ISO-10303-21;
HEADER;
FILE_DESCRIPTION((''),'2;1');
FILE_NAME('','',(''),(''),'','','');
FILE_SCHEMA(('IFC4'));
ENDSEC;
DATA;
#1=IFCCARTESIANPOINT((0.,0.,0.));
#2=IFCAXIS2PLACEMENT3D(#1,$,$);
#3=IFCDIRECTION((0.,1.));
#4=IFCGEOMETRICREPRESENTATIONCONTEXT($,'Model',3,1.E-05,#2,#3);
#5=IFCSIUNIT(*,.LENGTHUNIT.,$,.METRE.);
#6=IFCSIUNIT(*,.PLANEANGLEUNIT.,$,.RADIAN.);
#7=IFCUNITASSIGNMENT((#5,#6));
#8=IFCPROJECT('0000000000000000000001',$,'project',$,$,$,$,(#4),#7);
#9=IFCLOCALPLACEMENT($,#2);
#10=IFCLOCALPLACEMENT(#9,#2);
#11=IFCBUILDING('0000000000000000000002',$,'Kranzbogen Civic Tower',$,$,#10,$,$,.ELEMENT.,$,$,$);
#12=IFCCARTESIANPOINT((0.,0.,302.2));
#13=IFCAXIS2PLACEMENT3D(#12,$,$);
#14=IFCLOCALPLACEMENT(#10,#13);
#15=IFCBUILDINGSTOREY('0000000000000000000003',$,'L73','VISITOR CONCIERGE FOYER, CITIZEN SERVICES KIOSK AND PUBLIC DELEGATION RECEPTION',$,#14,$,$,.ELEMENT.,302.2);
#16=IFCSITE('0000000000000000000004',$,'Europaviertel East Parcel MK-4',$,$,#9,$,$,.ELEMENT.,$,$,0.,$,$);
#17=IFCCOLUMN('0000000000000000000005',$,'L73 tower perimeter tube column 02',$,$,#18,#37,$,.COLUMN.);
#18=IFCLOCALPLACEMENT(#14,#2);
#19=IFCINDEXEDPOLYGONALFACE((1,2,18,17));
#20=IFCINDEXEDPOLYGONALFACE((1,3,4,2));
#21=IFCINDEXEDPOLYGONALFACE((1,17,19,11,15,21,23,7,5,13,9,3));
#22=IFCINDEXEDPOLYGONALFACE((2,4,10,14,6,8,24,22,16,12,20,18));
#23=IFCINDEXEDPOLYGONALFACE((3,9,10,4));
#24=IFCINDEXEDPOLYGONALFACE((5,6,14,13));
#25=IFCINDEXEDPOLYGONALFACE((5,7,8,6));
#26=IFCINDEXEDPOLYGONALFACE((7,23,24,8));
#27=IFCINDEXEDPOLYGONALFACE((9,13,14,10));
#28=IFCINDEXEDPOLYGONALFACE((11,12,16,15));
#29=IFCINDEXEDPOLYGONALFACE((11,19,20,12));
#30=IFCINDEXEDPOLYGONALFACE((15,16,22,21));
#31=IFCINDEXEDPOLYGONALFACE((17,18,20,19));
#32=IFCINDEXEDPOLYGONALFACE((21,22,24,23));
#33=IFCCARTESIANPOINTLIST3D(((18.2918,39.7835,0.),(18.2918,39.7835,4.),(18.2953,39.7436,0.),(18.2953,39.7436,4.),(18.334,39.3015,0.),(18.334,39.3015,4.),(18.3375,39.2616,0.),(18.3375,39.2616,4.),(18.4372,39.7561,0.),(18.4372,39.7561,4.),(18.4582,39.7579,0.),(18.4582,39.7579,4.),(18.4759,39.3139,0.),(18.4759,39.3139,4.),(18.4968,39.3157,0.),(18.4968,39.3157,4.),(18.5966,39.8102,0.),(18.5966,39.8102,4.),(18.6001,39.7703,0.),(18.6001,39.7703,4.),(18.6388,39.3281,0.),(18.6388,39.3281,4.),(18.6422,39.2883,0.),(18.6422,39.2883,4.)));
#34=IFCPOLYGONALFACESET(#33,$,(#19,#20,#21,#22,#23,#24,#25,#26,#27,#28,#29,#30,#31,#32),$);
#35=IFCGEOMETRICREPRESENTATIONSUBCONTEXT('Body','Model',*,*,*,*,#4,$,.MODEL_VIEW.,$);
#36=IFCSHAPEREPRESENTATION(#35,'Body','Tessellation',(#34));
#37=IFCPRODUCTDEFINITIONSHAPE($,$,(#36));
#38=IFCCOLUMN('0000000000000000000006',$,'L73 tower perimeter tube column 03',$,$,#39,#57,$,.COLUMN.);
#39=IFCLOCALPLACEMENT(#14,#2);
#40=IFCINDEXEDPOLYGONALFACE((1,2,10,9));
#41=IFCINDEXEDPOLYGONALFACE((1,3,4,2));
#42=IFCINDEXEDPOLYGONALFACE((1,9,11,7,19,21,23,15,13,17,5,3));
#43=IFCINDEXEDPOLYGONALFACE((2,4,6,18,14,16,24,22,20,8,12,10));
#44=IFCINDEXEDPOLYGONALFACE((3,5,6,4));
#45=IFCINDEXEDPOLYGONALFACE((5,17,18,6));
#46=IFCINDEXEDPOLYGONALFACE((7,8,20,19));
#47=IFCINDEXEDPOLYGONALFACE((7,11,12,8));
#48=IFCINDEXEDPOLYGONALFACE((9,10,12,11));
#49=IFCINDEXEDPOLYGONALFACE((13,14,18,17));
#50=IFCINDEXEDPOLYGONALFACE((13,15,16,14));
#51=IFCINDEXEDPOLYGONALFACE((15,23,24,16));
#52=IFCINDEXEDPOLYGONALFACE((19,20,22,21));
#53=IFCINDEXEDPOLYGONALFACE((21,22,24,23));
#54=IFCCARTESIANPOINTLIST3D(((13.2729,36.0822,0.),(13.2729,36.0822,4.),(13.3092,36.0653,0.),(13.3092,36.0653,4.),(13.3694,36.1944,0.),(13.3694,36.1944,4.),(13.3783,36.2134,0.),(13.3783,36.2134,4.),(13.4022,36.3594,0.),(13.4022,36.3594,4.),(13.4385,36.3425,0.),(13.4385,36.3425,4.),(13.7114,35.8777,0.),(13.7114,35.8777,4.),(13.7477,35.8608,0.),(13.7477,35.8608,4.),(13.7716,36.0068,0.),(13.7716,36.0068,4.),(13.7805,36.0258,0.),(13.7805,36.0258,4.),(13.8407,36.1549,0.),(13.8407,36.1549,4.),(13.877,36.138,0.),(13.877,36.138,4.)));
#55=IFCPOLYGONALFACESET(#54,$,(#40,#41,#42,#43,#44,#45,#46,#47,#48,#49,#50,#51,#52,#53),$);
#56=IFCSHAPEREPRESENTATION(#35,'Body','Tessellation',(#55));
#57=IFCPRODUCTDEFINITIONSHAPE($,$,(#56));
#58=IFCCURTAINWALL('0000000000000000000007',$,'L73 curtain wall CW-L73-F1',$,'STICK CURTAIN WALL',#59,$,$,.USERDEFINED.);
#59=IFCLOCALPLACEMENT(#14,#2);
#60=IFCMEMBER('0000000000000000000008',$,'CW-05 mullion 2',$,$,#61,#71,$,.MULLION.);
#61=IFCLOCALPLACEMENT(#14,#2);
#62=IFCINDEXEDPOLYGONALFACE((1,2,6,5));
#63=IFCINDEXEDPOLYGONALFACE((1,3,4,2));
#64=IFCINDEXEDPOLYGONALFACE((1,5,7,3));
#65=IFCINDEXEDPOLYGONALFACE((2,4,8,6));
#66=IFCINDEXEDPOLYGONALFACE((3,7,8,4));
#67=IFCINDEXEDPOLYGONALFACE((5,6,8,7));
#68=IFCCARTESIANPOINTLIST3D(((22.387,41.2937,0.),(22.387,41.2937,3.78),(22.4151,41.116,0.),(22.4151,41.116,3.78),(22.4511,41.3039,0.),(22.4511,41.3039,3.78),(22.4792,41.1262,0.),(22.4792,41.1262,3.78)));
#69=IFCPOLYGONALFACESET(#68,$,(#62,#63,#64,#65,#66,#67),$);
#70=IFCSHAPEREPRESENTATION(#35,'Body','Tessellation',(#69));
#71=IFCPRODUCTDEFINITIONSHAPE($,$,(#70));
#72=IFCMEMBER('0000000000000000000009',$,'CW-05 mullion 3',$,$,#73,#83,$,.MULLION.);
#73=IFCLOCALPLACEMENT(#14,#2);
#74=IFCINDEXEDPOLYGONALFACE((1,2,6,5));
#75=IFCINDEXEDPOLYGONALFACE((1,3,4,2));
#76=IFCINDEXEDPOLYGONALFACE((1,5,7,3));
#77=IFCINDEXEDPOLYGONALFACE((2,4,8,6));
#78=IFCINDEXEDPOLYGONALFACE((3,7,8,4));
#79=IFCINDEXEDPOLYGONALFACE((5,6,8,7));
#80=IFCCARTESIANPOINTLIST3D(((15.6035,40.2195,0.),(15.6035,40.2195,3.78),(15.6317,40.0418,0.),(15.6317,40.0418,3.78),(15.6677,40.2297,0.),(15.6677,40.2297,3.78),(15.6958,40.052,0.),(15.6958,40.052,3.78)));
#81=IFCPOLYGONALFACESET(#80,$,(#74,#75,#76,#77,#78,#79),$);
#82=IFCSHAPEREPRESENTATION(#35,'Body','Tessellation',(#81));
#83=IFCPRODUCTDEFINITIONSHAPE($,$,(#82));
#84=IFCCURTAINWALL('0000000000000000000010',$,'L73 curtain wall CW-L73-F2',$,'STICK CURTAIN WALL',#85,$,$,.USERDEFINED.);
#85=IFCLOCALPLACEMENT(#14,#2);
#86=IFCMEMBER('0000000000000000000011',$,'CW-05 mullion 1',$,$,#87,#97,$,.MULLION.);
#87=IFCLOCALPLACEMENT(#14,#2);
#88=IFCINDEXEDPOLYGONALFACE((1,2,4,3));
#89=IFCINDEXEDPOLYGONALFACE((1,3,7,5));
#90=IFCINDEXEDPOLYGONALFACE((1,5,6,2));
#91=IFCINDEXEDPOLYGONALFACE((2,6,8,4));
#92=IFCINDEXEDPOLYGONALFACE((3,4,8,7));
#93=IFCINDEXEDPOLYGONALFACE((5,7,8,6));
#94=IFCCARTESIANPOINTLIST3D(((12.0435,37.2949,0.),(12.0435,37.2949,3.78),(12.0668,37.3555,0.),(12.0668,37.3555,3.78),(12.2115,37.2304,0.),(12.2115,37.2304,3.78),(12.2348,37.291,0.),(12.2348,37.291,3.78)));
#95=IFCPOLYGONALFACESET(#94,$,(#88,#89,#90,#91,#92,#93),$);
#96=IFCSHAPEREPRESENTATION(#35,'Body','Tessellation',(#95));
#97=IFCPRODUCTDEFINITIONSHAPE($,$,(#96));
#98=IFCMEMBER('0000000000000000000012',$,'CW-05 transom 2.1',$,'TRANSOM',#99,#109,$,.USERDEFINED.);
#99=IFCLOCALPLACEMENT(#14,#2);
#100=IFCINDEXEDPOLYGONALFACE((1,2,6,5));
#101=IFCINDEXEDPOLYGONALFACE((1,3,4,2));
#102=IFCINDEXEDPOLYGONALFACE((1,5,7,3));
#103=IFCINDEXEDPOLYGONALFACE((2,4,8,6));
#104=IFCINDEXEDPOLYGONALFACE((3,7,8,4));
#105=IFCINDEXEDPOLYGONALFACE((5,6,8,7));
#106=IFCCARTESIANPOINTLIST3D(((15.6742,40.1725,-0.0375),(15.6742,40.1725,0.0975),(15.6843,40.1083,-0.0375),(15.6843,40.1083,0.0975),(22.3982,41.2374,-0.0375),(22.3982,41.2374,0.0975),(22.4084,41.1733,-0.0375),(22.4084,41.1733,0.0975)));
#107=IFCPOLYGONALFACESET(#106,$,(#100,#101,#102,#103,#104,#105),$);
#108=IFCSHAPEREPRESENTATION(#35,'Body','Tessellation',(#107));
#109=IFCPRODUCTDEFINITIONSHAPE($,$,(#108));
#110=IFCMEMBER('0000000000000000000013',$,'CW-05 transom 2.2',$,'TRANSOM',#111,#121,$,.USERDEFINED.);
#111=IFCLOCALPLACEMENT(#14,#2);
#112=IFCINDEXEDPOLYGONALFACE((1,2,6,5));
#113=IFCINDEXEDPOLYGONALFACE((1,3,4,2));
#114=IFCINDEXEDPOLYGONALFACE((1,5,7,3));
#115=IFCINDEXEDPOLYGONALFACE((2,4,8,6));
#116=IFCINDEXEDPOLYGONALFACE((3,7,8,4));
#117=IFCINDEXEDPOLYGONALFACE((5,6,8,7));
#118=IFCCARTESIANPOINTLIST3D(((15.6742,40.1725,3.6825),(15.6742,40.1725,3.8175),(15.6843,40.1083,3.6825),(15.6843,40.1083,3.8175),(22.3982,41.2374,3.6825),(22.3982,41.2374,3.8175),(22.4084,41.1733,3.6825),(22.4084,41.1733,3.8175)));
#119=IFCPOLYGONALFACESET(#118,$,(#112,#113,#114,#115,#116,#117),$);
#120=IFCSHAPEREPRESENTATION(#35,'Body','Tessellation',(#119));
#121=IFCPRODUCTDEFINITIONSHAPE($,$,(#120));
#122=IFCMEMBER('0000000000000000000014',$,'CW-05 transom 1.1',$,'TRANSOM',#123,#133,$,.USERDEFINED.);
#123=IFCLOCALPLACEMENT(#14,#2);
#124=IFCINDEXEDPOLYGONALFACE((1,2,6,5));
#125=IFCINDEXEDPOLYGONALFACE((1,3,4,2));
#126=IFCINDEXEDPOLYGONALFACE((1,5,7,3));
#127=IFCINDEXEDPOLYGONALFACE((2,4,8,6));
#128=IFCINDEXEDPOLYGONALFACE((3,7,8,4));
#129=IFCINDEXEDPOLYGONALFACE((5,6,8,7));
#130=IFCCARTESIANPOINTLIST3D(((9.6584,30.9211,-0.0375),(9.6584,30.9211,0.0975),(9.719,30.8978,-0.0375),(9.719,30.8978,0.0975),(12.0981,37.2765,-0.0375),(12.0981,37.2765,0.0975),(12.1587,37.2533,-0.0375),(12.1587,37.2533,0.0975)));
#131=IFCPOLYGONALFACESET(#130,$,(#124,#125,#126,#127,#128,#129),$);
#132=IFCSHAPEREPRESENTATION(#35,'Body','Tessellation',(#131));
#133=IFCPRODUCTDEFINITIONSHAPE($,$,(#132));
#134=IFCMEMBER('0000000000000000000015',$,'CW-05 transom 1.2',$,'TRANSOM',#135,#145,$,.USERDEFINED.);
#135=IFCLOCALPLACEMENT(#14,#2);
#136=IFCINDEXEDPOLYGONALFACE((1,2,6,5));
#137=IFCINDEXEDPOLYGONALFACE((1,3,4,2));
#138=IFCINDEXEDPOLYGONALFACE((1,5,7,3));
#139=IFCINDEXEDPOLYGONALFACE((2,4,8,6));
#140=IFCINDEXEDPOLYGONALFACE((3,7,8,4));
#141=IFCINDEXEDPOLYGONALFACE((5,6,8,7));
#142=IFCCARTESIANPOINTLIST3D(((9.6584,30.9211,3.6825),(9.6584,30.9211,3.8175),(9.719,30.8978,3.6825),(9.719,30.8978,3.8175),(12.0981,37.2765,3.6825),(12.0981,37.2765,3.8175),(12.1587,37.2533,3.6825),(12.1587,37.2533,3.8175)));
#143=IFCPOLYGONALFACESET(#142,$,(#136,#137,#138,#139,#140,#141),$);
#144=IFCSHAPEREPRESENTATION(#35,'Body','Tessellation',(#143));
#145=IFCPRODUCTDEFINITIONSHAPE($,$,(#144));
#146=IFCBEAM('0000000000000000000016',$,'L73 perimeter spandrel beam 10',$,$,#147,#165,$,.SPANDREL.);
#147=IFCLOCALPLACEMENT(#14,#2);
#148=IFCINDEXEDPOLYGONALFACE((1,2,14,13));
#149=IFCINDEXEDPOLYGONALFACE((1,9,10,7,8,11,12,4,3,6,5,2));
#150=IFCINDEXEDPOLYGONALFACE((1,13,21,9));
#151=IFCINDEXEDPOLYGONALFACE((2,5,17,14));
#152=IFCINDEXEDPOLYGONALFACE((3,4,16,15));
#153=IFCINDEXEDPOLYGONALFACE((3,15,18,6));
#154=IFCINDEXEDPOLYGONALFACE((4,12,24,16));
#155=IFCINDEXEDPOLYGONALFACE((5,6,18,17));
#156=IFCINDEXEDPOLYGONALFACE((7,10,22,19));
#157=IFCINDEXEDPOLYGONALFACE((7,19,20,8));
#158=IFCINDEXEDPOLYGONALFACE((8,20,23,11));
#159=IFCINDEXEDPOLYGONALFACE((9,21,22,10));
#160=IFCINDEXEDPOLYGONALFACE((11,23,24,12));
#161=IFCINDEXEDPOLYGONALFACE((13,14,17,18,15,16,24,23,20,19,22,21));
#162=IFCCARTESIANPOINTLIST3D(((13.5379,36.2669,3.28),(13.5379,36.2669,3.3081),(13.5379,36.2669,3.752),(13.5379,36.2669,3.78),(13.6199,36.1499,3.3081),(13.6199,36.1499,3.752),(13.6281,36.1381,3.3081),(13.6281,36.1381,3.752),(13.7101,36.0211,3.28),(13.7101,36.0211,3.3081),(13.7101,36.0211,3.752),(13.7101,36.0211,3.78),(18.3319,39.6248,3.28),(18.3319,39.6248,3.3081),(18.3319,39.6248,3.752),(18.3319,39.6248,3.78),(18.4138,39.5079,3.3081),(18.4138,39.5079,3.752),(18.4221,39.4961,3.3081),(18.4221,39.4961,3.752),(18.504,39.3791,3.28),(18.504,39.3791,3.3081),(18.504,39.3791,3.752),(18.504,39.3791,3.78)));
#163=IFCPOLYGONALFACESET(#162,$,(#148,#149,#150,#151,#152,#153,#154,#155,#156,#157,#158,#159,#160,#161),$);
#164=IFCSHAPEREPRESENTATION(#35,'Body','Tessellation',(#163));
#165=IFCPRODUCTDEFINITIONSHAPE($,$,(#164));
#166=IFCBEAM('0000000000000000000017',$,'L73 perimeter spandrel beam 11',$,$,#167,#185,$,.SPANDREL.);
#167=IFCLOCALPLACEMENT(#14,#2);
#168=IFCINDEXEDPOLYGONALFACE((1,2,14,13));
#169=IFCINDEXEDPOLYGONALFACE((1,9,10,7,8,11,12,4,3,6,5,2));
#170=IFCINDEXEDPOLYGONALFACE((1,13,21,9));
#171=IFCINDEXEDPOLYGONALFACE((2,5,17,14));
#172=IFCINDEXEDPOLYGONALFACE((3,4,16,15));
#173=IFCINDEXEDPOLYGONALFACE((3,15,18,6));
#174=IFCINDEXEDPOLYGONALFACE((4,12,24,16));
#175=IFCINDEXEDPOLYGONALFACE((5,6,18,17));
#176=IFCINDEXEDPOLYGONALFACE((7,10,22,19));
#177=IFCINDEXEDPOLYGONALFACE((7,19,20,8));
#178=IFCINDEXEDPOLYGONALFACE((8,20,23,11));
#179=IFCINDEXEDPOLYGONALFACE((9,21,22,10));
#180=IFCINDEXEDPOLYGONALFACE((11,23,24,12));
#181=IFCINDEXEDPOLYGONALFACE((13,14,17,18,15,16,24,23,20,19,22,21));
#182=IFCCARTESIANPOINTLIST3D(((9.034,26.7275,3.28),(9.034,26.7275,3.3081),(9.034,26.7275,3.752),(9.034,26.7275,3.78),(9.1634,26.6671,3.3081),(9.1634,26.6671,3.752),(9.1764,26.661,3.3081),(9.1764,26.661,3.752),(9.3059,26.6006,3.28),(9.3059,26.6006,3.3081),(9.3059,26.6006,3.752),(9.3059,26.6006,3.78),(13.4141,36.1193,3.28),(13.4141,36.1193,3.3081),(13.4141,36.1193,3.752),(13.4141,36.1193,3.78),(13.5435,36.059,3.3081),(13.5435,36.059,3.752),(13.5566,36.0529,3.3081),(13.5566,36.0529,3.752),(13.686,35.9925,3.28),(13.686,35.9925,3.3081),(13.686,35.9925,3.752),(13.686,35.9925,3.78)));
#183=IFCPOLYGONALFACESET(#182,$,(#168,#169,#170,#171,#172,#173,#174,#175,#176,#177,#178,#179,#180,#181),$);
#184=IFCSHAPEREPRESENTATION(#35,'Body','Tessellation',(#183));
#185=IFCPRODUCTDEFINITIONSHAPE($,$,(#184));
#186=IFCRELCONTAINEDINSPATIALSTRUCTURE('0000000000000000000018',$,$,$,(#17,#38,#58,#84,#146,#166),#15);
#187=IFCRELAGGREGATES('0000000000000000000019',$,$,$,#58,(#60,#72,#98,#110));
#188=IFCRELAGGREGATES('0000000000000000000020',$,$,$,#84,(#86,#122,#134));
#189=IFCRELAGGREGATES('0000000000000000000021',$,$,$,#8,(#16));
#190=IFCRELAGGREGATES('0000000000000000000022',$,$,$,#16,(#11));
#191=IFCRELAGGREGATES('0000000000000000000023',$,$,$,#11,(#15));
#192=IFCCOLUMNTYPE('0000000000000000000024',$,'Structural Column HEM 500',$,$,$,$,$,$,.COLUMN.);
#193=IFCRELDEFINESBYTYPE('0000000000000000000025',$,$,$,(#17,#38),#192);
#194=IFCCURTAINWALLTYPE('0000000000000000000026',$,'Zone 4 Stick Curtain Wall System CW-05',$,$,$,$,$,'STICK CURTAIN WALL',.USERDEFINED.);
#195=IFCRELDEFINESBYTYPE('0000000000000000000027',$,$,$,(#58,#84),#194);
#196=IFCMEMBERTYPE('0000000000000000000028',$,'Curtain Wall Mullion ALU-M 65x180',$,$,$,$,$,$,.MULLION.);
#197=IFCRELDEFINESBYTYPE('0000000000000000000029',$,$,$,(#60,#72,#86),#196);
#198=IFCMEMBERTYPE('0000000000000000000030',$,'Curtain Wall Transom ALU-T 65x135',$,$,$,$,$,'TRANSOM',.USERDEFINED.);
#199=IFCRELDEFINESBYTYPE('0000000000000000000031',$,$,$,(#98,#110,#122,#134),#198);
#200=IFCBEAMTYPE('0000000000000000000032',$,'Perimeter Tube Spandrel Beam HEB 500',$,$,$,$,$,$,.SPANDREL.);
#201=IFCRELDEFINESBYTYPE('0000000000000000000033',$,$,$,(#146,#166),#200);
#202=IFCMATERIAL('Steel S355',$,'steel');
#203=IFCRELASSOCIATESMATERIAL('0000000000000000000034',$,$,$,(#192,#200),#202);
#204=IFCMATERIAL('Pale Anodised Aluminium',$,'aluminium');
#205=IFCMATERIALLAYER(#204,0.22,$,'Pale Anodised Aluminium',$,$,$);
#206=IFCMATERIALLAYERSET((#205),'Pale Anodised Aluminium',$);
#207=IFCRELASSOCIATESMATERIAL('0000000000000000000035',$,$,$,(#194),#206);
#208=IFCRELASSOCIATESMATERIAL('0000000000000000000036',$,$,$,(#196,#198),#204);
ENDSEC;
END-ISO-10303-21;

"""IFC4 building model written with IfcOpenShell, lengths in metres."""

from ifc_helpers import new_model, si_unit, direction, frame, origin, origin_2d, place, context, subcontext, project, spatial, rectangle, i_section, extrude, material, layer, layer_set, material_profile, profile_set, type_object, element, aggregate, save


model = new_model("IFC4")

# Units and contexts
model_context = context("Model", 3, precision=1e-05, world=origin(), true_north=direction((0.0, 1.0)))
body_context = subcontext(model_context, "Body", "Model", "MODEL_VIEW")
ifc_project = project(units=[si_unit("LENGTHUNIT", "METRE"), si_unit("PLANEANGLEUNIT", "RADIAN")], contexts=[model_context])

# Site, building, storey
site_placement = place(None, origin())
site = spatial("IfcSite", under=ifc_project, at=site_placement, Name="Europaviertel East Parcel MK-4", CompositionType="ELEMENT", RefElevation=0.0)
building_placement = place(site_placement, origin())
building = spatial("IfcBuilding", under=site, at=building_placement, Name="Kranzbogen Civic Tower", CompositionType="ELEMENT")
storey_placement = place(building_placement, frame((0.0, 0.0, 302.2)))
storey = spatial("IfcBuildingStorey", under=building, at=storey_placement, Name="L73", Description="VISITOR CONCIERGE FOYER, CITIZEN SERVICES KIOSK AND PUBLIC DELEGATION RECEPTION", CompositionType="ELEMENT", Elevation=302.2)

# Columns
ifc_material_1 = material(Name="Steel S355", Category="steel")
ifc_material_profile_1 = material_profile(ifc_material_1, i_section(OverallWidth=0.3059, OverallDepth=0.5239, WebThickness=0.021, FlangeThickness=0.04, at=origin_2d()), Name="HEM 500")
ifc_profile_set_1 = profile_set([ifc_material_profile_1], Name="Steel S355")
column_type = type_object("IfcColumnType", Name="Structural Column HEM 500", PredefinedType="COLUMN", material=ifc_profile_set_1)
for number, where, z_axis, x_axis, name in (
    (1, (18.467, 39.5359, 0.0), (0.0, 0.0, 1.0), (0.996195, 0.087156, 0.0), "L73 tower perimeter tube column 02"),
    (2, (13.575, 36.1101, 0.0), (0.0, 0.0, 1.0), (0.422618, 0.906308, 0.0), "L73 tower perimeter tube column 03"),
):
    element("IfcColumn", number, at=place(storey_placement, frame(where, z_axis=z_axis, x_axis=x_axis)), inside=storey, type_object=column_type, Name=name, PredefinedType="COLUMN", context=body_context, shape_type="SweptSolid", body=[
        extrude(i_section(OverallWidth=0.3059, OverallDepth=0.5239, WebThickness=0.021, FlangeThickness=0.04, at=origin_2d()), origin(), (0.0, 0.0, 1.0), 4.0),
    ])

# Curtain wall, members
ifc_material_2 = material(Name="Pale Anodised Aluminium", Category="aluminium")
ifc_layer_1 = layer(ifc_material_2, 0.22, Name="Pale Anodised Aluminium")
ifc_layer_set_1 = layer_set([ifc_layer_1], Name="Pale Anodised Aluminium")
curtain_wall_type = type_object("IfcCurtainWallType", Name="Zone 4 Stick Curtain Wall System CW-05", ElementType="STICK CURTAIN WALL", PredefinedType="USERDEFINED", material=ifc_layer_set_1)
curtain_wall_1_placement = place(storey_placement, origin())
curtain_wall_1 = element("IfcCurtainWall", 3, at=curtain_wall_1_placement, inside=storey, type_object=curtain_wall_type, Name="L73 curtain wall CW-L73-F1", ObjectType="STICK CURTAIN WALL", PredefinedType="USERDEFINED")
ifc_material_profile_2 = material_profile(ifc_material_2, rectangle(XDim=0.0649, YDim=0.1799, at=origin_2d()), Name="ALU-M 65x180")
ifc_profile_set_2 = profile_set([ifc_material_profile_2], Name="Pale Anodised Aluminium")
member_type_1 = type_object("IfcMemberType", Name="Curtain Wall Mullion ALU-M 65x180", PredefinedType="MULLION", material=ifc_profile_set_2)
member_1_placement = place(storey_placement, frame((22.4331, 41.21, 0.0), z_axis=(0.0, 0.0, 1.0), x_axis=(-0.98769, -0.156424, 0.0)))
member_1 = element("IfcMember", 4, at=member_1_placement, type_object=member_type_1, Name="CW-05 mullion 2", PredefinedType="MULLION", context=body_context, shape_type="SweptSolid", body=[
    extrude(rectangle(XDim=0.0649, YDim=0.1799, at=origin_2d()), origin(), (0.0, 0.0, 1.0), 3.78),
])
member_2_placement = place(storey_placement, frame((15.6497, 40.1357, 0.0), z_axis=(0.0, 0.0, 1.0), x_axis=(-0.98769, -0.156424, 0.0)))
member_2 = element("IfcMember", 5, at=member_2_placement, type_object=member_type_1, Name="CW-05 mullion 3", PredefinedType="MULLION", context=body_context, shape_type="SweptSolid", body=[
    extrude(rectangle(XDim=0.0649, YDim=0.1799, at=origin_2d()), origin(), (0.0, 0.0, 1.0), 3.78),
])

# Curtain wall, member
curtain_wall_2_placement = place(storey_placement, origin())
curtain_wall_2 = element("IfcCurtainWall", 6, at=curtain_wall_2_placement, inside=storey, type_object=curtain_wall_type, Name="L73 curtain wall CW-L73-F2", ObjectType="STICK CURTAIN WALL", PredefinedType="USERDEFINED")
member_3_placement = place(storey_placement, frame((12.1392, 37.293, 0.0), z_axis=(0.0, 0.0, 1.0), x_axis=(-0.358382, -0.933575, 0.0)))
member_3 = element("IfcMember", 7, at=member_3_placement, type_object=member_type_1, Name="CW-05 mullion 1", PredefinedType="MULLION", context=body_context, shape_type="SweptSolid", body=[
    extrude(rectangle(XDim=0.0649, YDim=0.1799, at=origin_2d()), origin(), (0.0, 0.0, 1.0), 3.78),
])

# Members
ifc_material_profile_3 = material_profile(ifc_material_2, rectangle(XDim=0.0649, YDim=0.135, at=origin_2d()), Name="ALU-T 65x135")
ifc_profile_set_3 = profile_set([ifc_material_profile_3], Name="Pale Anodised Aluminium")
member_type_2 = type_object("IfcMemberType", Name="Curtain Wall Transom ALU-T 65x135", ElementType="TRANSOM", PredefinedType="USERDEFINED", material=ifc_profile_set_3)
member_4_placement = place(storey_placement, frame((22.4033, 41.2053, 0.03), z_axis=(-0.98769, -0.156427, 0.0), x_axis=(0.156427, -0.98769, 0.0)))
member_4 = element("IfcMember", 8, at=member_4_placement, type_object=member_type_2, Name="CW-05 transom 2.1", ObjectType="TRANSOM", PredefinedType="USERDEFINED", context=body_context, shape_type="SweptSolid", body=[
    extrude(rectangle(XDim=0.0649, YDim=0.135, at=origin_2d()), origin(), (0.0, 0.0, 1.0), 6.8079),
])
member_5_placement = place(storey_placement, frame((22.4033, 41.2053, 3.75), z_axis=(-0.98769, -0.156427, 0.0), x_axis=(0.156427, -0.98769, 0.0)))
member_5 = element("IfcMember", 9, at=member_5_placement, type_object=member_type_2, Name="CW-05 transom 2.2", ObjectType="TRANSOM", PredefinedType="USERDEFINED", context=body_context, shape_type="SweptSolid", body=[
    extrude(rectangle(XDim=0.0649, YDim=0.135, at=origin_2d()), origin(), (0.0, 0.0, 1.0), 6.8079),
])
member_6_placement = place(storey_placement, frame((12.1284, 37.2649, 0.03), z_axis=(-0.358376, -0.933577, 0.0), x_axis=(0.933577, -0.358376, 0.0)))
member_6 = element("IfcMember", 10, at=member_6_placement, type_object=member_type_2, Name="CW-05 transom 1.1", ObjectType="TRANSOM", PredefinedType="USERDEFINED", context=body_context, shape_type="SweptSolid", body=[
    extrude(rectangle(XDim=0.0649, YDim=0.135, at=origin_2d()), origin(), (0.0, 0.0, 1.0), 6.8076),
])
member_7_placement = place(storey_placement, frame((12.1284, 37.2649, 3.75), z_axis=(-0.358376, -0.933577, 0.0), x_axis=(0.933577, -0.358376, 0.0)))
member_7 = element("IfcMember", 11, at=member_7_placement, type_object=member_type_2, Name="CW-05 transom 1.2", ObjectType="TRANSOM", PredefinedType="USERDEFINED", context=body_context, shape_type="SweptSolid", body=[
    extrude(rectangle(XDim=0.0649, YDim=0.135, at=origin_2d()), origin(), (0.0, 0.0, 1.0), 6.8076),
])

# Beams
ifc_material_profile_4 = material_profile(ifc_material_1, i_section(OverallWidth=0.3, OverallDepth=0.5, WebThickness=0.0144, FlangeThickness=0.0281, at=origin_2d()), Name="HEB 500")
ifc_profile_set_4 = profile_set([ifc_material_profile_4], Name="Steel S355")
beam_type_1 = type_object("IfcBeamType", Name="Perimeter Tube Spandrel Beam HEB 500", PredefinedType="SPANDREL", material=ifc_profile_set_4)
beam_1_placement = place(storey_placement, frame((18.418, 39.502, 3.53), z_axis=(-0.819059, -0.573709, 0.0), x_axis=(0.573709, -0.819059, 0.0)))
element("IfcBeam", 12, at=beam_1_placement, inside=storey, type_object=beam_type_1, Name="L73 perimeter spandrel beam 10", PredefinedType="SPANDREL", context=body_context, shape_type="SweptSolid", body=[
    extrude(i_section(OverallWidth=0.3, OverallDepth=0.5, WebThickness=0.0144, FlangeThickness=0.0281, at=origin_2d()), origin(), (0.0, 0.0, 1.0), 5.853),
])
beam_2_placement = place(storey_placement, frame((13.55, 36.0559, 3.53), z_axis=(-0.422669, -0.906284, 0.0), x_axis=(0.906284, -0.422669, 0.0)))
element("IfcBeam", 13, at=beam_2_placement, inside=storey, type_object=beam_type_1, Name="L73 perimeter spandrel beam 11", PredefinedType="SPANDREL", context=body_context, shape_type="SweptSolid", body=[
    extrude(i_section(OverallWidth=0.3, OverallDepth=0.5, WebThickness=0.0144, FlangeThickness=0.0281, at=origin_2d()), origin(), (0.0, 0.0, 1.0), 10.363),
])

aggregate(curtain_wall_1, [member_1, member_2, member_4, member_5])
aggregate(curtain_wall_2, [member_3, member_6, member_7])

save(model, "model.ifc")
